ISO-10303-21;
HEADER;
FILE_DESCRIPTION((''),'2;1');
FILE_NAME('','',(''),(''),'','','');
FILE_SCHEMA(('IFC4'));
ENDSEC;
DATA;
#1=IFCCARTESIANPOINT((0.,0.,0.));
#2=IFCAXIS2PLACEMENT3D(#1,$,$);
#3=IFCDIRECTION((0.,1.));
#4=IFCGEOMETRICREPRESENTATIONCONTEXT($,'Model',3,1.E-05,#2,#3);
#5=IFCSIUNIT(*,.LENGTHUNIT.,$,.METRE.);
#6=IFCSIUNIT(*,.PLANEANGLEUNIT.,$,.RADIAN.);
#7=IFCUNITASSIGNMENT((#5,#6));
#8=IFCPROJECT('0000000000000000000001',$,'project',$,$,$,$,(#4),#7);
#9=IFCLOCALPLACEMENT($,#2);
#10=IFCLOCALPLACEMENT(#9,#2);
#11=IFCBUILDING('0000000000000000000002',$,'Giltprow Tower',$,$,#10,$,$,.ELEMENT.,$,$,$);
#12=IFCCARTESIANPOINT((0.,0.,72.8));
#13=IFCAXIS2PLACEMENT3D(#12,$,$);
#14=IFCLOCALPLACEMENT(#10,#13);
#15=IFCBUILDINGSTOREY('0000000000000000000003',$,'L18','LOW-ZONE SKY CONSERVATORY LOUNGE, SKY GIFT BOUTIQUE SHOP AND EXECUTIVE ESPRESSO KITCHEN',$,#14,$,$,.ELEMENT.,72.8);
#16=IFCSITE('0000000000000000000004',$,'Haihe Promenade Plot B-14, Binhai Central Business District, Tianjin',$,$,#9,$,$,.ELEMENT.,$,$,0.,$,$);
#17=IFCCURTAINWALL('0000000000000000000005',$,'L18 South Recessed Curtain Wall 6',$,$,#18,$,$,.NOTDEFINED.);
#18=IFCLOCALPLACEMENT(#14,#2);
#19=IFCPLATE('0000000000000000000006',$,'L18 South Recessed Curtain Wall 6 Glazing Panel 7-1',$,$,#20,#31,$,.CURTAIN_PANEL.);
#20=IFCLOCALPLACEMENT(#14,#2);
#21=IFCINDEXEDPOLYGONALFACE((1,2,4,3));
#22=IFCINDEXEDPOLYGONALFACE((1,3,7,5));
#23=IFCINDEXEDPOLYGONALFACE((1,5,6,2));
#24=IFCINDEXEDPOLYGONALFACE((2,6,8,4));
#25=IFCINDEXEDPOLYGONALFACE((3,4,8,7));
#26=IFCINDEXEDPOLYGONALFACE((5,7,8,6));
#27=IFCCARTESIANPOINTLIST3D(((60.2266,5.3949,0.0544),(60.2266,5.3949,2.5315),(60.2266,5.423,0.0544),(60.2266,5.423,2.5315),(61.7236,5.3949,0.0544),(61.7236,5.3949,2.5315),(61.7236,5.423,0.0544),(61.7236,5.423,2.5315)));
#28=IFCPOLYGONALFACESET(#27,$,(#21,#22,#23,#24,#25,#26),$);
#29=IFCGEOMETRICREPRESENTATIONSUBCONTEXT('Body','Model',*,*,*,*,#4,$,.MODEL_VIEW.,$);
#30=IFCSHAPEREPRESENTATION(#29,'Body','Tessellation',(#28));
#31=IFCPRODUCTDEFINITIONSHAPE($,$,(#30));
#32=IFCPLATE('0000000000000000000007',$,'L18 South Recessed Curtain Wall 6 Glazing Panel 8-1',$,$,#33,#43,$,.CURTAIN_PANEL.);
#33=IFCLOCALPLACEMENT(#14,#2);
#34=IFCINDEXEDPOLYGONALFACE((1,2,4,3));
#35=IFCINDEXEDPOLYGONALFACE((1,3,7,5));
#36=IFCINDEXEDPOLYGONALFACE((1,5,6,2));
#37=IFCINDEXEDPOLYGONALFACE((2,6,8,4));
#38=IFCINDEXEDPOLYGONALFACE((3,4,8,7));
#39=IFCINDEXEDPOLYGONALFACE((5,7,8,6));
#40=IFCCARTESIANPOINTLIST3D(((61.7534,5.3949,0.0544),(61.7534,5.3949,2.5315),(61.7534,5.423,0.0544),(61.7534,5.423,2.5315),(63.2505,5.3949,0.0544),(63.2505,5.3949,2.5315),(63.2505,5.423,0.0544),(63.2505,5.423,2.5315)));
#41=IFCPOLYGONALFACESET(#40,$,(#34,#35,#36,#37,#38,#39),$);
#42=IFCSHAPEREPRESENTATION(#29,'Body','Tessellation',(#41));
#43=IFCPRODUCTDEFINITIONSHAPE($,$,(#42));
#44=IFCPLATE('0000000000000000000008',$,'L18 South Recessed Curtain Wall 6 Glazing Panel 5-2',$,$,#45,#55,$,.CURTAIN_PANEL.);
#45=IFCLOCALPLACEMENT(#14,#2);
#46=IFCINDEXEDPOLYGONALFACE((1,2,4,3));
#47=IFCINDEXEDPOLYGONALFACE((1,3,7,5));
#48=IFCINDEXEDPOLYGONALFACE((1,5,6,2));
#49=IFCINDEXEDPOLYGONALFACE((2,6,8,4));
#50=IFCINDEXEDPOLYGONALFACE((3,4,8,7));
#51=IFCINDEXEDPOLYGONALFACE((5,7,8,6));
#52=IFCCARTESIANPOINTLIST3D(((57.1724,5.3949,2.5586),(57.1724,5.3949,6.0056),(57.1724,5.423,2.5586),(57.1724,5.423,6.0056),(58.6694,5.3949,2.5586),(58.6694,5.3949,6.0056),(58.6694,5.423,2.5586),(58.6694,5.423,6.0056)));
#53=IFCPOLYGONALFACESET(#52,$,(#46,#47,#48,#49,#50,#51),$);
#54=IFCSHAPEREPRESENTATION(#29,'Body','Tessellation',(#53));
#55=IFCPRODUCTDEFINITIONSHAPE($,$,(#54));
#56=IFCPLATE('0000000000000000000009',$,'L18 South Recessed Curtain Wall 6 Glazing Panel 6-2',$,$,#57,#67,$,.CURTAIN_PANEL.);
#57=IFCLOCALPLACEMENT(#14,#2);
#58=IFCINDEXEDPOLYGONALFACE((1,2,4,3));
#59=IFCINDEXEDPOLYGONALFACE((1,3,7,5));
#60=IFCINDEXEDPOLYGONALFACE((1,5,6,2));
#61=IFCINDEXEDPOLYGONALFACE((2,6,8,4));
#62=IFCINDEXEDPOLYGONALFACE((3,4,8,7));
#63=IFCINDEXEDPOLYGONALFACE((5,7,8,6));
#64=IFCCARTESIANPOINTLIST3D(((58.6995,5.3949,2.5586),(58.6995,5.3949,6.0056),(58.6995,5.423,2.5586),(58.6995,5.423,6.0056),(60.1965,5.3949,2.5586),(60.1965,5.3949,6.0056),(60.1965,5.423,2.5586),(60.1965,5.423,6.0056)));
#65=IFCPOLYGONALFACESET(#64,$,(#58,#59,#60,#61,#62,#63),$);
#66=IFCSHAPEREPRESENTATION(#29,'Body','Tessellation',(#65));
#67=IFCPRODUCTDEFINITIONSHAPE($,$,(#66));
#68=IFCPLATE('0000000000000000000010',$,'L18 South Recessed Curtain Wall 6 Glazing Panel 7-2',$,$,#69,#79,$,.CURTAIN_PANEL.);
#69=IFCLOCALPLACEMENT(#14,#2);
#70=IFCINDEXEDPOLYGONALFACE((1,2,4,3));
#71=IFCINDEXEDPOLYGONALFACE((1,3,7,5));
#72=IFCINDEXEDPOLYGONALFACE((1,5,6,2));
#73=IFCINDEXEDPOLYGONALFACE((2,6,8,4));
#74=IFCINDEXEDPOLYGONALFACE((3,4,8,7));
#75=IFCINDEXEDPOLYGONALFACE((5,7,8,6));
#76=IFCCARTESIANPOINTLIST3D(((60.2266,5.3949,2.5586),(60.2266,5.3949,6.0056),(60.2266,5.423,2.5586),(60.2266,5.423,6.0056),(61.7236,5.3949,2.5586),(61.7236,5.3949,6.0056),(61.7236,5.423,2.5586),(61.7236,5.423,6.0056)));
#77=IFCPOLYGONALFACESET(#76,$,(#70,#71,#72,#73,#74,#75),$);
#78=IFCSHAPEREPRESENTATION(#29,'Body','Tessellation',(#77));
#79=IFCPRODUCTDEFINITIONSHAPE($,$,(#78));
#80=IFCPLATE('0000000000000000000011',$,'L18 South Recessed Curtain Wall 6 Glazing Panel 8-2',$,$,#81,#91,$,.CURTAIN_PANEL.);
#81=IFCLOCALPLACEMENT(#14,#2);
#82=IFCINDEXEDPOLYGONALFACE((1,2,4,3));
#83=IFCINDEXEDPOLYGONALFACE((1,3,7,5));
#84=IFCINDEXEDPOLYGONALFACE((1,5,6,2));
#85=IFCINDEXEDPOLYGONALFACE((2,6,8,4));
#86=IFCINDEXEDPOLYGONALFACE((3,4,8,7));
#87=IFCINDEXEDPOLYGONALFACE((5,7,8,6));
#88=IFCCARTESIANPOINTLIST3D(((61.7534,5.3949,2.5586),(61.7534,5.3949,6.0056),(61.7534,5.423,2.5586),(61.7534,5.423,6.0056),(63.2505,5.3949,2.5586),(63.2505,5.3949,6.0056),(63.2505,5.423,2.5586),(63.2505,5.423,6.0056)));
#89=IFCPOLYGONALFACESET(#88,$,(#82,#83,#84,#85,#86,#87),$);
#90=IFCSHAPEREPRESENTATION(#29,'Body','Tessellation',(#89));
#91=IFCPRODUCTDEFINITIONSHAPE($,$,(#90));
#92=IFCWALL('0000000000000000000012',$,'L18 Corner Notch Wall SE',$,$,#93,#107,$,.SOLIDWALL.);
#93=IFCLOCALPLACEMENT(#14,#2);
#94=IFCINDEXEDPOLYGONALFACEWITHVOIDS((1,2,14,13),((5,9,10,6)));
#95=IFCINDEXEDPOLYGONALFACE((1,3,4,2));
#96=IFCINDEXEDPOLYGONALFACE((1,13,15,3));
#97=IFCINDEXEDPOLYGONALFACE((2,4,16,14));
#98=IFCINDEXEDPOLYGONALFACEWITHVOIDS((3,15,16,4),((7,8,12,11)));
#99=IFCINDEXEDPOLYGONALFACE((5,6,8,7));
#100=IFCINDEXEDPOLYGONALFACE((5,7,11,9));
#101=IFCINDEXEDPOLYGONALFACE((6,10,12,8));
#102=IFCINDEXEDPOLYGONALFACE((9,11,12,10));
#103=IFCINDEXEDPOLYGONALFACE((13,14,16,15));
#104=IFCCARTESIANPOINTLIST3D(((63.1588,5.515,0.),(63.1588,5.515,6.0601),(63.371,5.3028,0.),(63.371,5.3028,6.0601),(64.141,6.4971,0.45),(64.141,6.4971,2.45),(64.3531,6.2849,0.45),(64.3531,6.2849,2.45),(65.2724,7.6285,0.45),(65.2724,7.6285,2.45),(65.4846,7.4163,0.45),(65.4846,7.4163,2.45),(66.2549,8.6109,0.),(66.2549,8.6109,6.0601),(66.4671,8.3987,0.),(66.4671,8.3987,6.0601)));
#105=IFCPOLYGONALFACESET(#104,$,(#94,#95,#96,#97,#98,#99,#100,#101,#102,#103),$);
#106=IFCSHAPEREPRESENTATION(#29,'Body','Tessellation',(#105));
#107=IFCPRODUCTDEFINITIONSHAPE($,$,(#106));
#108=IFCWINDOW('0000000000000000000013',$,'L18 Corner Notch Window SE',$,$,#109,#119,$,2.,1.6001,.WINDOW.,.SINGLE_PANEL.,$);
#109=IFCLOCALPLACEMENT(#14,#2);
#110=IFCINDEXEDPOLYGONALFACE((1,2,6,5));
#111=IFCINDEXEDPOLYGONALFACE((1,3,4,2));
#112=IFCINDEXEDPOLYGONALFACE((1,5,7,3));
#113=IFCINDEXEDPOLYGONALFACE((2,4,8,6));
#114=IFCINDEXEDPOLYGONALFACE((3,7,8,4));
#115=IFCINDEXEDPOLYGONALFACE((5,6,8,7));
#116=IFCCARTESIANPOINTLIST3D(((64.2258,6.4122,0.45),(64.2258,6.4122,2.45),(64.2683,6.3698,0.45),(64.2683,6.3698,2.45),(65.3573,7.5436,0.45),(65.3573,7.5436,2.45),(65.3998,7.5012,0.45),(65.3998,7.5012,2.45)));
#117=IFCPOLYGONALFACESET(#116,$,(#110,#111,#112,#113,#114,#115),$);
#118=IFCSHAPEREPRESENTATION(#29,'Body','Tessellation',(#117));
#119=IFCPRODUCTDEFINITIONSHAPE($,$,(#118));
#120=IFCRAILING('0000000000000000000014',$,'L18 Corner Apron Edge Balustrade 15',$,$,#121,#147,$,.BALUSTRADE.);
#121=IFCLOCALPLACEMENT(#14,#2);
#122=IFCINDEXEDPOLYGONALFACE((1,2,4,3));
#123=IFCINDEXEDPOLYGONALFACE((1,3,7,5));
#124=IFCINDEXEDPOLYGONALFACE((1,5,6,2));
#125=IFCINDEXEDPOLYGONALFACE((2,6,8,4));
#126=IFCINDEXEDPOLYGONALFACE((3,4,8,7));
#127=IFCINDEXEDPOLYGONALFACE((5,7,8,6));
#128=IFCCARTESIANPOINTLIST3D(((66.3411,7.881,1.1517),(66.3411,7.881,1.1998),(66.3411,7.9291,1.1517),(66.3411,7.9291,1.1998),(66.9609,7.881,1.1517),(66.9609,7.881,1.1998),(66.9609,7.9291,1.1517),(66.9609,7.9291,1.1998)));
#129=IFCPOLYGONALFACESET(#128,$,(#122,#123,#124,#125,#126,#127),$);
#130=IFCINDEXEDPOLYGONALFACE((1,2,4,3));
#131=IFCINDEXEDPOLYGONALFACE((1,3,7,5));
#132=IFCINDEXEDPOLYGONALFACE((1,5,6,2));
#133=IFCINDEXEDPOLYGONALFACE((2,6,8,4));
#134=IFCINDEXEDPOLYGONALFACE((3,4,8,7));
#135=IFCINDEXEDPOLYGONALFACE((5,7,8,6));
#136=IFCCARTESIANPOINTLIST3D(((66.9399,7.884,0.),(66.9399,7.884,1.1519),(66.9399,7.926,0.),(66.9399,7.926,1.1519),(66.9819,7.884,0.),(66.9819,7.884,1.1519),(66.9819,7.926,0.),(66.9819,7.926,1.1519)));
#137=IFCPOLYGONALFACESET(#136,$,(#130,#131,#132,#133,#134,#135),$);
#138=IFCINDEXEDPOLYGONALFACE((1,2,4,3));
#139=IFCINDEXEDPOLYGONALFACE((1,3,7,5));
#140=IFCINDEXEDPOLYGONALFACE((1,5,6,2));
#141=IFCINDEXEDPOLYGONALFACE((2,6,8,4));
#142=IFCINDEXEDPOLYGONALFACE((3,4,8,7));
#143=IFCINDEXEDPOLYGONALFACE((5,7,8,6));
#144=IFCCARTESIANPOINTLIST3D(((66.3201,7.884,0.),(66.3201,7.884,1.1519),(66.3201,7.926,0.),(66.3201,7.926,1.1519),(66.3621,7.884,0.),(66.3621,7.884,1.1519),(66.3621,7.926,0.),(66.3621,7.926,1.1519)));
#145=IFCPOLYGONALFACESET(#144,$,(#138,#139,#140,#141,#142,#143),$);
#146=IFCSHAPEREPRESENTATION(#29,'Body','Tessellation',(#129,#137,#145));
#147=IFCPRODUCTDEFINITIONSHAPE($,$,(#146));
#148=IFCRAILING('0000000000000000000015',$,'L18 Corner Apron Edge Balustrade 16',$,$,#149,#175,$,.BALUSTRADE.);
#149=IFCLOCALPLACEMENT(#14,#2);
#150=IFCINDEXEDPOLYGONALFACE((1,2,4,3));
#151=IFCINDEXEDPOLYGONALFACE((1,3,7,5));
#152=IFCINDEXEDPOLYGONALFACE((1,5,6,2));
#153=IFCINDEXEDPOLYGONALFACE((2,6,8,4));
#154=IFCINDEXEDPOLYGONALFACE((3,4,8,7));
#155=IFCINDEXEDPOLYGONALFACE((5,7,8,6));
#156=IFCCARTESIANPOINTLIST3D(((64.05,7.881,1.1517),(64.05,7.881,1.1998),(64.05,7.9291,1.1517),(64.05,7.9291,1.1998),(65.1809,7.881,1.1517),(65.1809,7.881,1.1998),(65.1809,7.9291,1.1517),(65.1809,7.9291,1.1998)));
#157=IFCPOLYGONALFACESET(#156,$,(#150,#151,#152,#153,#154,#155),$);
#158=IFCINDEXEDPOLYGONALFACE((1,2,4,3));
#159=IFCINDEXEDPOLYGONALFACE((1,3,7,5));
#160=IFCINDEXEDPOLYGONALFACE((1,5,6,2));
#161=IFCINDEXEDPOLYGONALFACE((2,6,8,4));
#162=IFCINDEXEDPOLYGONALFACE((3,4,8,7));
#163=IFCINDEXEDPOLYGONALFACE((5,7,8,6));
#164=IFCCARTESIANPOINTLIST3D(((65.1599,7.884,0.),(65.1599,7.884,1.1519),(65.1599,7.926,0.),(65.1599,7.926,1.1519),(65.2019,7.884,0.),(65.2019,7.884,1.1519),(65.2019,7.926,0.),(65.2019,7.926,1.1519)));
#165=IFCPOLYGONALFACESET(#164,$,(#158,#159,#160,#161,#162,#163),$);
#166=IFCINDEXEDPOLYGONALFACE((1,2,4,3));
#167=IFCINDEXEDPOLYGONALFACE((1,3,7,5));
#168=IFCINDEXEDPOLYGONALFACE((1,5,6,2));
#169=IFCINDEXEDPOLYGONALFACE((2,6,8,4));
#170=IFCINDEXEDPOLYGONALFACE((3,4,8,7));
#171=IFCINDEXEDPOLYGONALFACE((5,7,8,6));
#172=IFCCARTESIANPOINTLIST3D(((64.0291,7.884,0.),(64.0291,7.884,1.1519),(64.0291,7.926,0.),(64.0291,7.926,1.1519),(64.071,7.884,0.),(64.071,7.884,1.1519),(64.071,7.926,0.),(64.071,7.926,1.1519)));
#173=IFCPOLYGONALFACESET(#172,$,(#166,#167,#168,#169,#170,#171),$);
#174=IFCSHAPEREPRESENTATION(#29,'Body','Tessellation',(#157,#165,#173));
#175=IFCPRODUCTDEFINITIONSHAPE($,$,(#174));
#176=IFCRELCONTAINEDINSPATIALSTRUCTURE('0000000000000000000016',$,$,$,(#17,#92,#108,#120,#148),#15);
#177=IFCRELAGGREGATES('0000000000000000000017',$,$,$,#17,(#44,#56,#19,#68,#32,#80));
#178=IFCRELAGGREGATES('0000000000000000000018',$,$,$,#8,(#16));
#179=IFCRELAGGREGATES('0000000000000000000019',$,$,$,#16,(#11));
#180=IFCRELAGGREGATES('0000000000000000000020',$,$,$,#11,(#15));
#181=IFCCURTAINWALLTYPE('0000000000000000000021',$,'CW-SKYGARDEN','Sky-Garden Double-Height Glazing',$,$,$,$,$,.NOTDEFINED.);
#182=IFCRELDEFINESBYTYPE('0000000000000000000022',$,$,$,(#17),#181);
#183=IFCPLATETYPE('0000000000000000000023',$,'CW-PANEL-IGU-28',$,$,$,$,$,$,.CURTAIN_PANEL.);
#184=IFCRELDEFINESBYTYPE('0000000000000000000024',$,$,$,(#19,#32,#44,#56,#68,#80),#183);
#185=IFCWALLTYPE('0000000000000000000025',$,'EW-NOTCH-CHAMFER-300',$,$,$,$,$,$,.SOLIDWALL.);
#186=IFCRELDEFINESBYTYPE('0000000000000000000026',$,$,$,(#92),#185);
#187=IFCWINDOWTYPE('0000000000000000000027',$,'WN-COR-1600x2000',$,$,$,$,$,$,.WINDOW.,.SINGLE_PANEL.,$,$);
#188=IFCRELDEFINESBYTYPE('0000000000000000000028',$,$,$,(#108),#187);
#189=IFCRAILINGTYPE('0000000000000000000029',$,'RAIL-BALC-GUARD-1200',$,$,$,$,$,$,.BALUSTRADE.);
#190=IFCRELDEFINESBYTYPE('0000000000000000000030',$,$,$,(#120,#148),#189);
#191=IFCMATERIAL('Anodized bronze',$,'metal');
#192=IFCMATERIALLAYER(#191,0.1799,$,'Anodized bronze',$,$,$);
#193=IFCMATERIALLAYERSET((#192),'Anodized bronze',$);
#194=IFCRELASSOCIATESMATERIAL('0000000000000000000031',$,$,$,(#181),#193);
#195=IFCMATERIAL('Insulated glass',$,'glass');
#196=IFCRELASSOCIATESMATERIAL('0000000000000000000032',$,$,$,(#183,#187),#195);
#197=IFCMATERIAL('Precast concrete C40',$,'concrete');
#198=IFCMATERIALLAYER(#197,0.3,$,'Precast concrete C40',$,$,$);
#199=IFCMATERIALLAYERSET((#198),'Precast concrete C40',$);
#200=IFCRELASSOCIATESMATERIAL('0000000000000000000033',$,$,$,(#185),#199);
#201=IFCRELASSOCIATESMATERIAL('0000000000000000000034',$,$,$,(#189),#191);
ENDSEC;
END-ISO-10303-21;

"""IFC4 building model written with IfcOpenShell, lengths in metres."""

from ifc_helpers import new_model, si_unit, direction, frame, frame_2d, origin, origin_2d, place, context, subcontext, project, spatial, rectangle, extrude, source, transform, mapped, material, layer, layer_set, type_object, element, fill, aggregate, save


model = new_model("IFC4")

# Units and contexts
model_context = context("Model", 3, precision=1e-05, world=origin(), true_north=direction((0.0, 1.0)))
body_context = subcontext(model_context, "Body", "Model", "MODEL_VIEW")
ifc_project = project(units=[si_unit("LENGTHUNIT", "METRE"), si_unit("PLANEANGLEUNIT", "RADIAN")], contexts=[model_context])

# Site, building, storey
site_placement = place(None, origin())
site = spatial("IfcSite", under=ifc_project, at=site_placement, Name="Haihe Promenade Plot B-14, Binhai Central Business District, Tianjin", CompositionType="ELEMENT", RefElevation=0.0)
building_placement = place(site_placement, origin())
building = spatial("IfcBuilding", under=site, at=building_placement, Name="Giltprow Tower", CompositionType="ELEMENT")
storey_placement = place(building_placement, frame((0.0, 0.0, 72.8)))
storey = spatial("IfcBuildingStorey", under=building, at=storey_placement, Name="L18", Description="LOW-ZONE SKY CONSERVATORY LOUNGE, SKY GIFT BOUTIQUE SHOP AND EXECUTIVE ESPRESSO KITCHEN", CompositionType="ELEMENT", Elevation=72.8)

# Curtain wall
ifc_material_1 = material(Name="Anodized bronze", Category="metal")
ifc_layer_1 = layer(ifc_material_1, 0.1799, Name="Anodized bronze")
ifc_layer_set_1 = layer_set([ifc_layer_1], Name="Anodized bronze")
curtain_wall_type = type_object("IfcCurtainWallType", Name="CW-SKYGARDEN", Description="Sky-Garden Double-Height Glazing", PredefinedType="NOTDEFINED", material=ifc_layer_set_1)
curtain_wall_1_placement = place(storey_placement, origin())
curtain_wall_1 = element("IfcCurtainWall", 1, at=curtain_wall_1_placement, inside=storey, type_object=curtain_wall_type, Name="L18 South Recessed Curtain Wall 6", PredefinedType="NOTDEFINED")

# Plates
ifc_material_2 = material(Name="Insulated glass", Category="glass")
plate_type = type_object("IfcPlateType", Name="CW-PANEL-IGU-28", PredefinedType="CURTAIN_PANEL", material=ifc_material_2)
shared_shape_1 = source(origin(), body_context, "Body", "SweptSolid", [
    extrude(rectangle(XDim=1.4971, YDim=0.0281, at=origin_2d()), origin(), (0.0, 0.0, 1.0), 2.4771),
])
plate_1_placement = place(storey_placement, frame((60.9751, 5.4089, 0.0544), z_axis=(0.0, 0.0, 1.0), x_axis=(1.0, 0.0, 0.0)))
plate_1 = element("IfcPlate", 2, at=plate_1_placement, type_object=plate_type, Name="L18 South Recessed Curtain Wall 6 Glazing Panel 7-1", PredefinedType="CURTAIN_PANEL", context=body_context, shape_type="MappedRepresentation", body=[
    mapped(shared_shape_1, transform((0.0, 0.0, 0.0), x_axis=(1.0, 0.0, 0.0), y_axis=(0.0, 1.0, 0.0), z_axis=(0.0, 0.0, 1.0), scale=1.0)),
])
plate_2_placement = place(storey_placement, frame((62.502, 5.4089, 0.0544), z_axis=(0.0, 0.0, 1.0), x_axis=(1.0, 0.0, 0.0)))
plate_2 = element("IfcPlate", 3, at=plate_2_placement, type_object=plate_type, Name="L18 South Recessed Curtain Wall 6 Glazing Panel 8-1", PredefinedType="CURTAIN_PANEL", context=body_context, shape_type="MappedRepresentation", body=[
    mapped(shared_shape_1, transform((0.0, 0.0, 0.0), x_axis=(1.0, 0.0, 0.0), y_axis=(0.0, 1.0, 0.0), z_axis=(0.0, 0.0, 1.0), scale=1.0)),
])
shared_shape_2 = source(origin(), body_context, "Body", "SweptSolid", [
    extrude(rectangle(XDim=1.4971, YDim=0.0281, at=origin_2d()), origin(), (0.0, 0.0, 1.0), 3.447),
])
plate_3_placement = place(storey_placement, frame((57.9209, 5.4089, 2.5586), z_axis=(0.0, 0.0, 1.0), x_axis=(1.0, 0.0, 0.0)))
plate_3 = element("IfcPlate", 4, at=plate_3_placement, type_object=plate_type, Name="L18 South Recessed Curtain Wall 6 Glazing Panel 5-2", PredefinedType="CURTAIN_PANEL", context=body_context, shape_type="MappedRepresentation", body=[
    mapped(shared_shape_2, transform((0.0, 0.0, 0.0), x_axis=(1.0, 0.0, 0.0), y_axis=(0.0, 1.0, 0.0), z_axis=(0.0, 0.0, 1.0), scale=1.0)),
])
plate_4_placement = place(storey_placement, frame((59.448, 5.4089, 2.5586), z_axis=(0.0, 0.0, 1.0), x_axis=(1.0, 0.0, 0.0)))
plate_4 = element("IfcPlate", 5, at=plate_4_placement, type_object=plate_type, Name="L18 South Recessed Curtain Wall 6 Glazing Panel 6-2", PredefinedType="CURTAIN_PANEL", context=body_context, shape_type="MappedRepresentation", body=[
    mapped(shared_shape_2, transform((0.0, 0.0, 0.0), x_axis=(1.0, 0.0, 0.0), y_axis=(0.0, 1.0, 0.0), z_axis=(0.0, 0.0, 1.0), scale=1.0)),
])
plate_5_placement = place(storey_placement, frame((60.9751, 5.4089, 2.5586), z_axis=(0.0, 0.0, 1.0), x_axis=(1.0, 0.0, 0.0)))
plate_5 = element("IfcPlate", 6, at=plate_5_placement, type_object=plate_type, Name="L18 South Recessed Curtain Wall 6 Glazing Panel 7-2", PredefinedType="CURTAIN_PANEL", context=body_context, shape_type="MappedRepresentation", body=[
    mapped(shared_shape_2, transform((0.0, 0.0, 0.0), x_axis=(1.0, 0.0, 0.0), y_axis=(0.0, 1.0, 0.0), z_axis=(0.0, 0.0, 1.0), scale=1.0)),
])
plate_6_placement = place(storey_placement, frame((62.502, 5.4089, 2.5586), z_axis=(0.0, 0.0, 1.0), x_axis=(1.0, 0.0, 0.0)))
plate_6 = element("IfcPlate", 7, at=plate_6_placement, type_object=plate_type, Name="L18 South Recessed Curtain Wall 6 Glazing Panel 8-2", PredefinedType="CURTAIN_PANEL", context=body_context, shape_type="MappedRepresentation", body=[
    mapped(shared_shape_2, transform((0.0, 0.0, 0.0), x_axis=(1.0, 0.0, 0.0), y_axis=(0.0, 1.0, 0.0), z_axis=(0.0, 0.0, 1.0), scale=1.0)),
])
aggregate(curtain_wall_1, [plate_3, plate_4, plate_1, plate_5, plate_2, plate_6])

# Wall, opening, window
ifc_material_3 = material(Name="Precast concrete C40", Category="concrete")
ifc_layer_2 = layer(ifc_material_3, 0.3, Name="Precast concrete C40")
ifc_layer_set_2 = layer_set([ifc_layer_2], Name="Precast concrete C40")
wall_type = type_object("IfcWallType", Name="EW-NOTCH-CHAMFER-300", PredefinedType="SOLIDWALL", material=ifc_layer_set_2)
wall_placement = place(storey_placement, frame((63.2649, 5.4089, 0.0), z_axis=(0.0, 0.0, 1.0), x_axis=(0.707135, 0.707079, 0.0)))
wall = element("IfcWall", 8, at=wall_placement, inside=storey, type_object=wall_type, Name="L18 Corner Notch Wall SE", PredefinedType="SOLIDWALL", context=body_context, shape_type="SweptSolid", body=[
    extrude(rectangle(XDim=4.3784, YDim=0.3, at=frame_2d((2.1892, 0.0))), origin(), (0.0, 0.0, 1.0), 6.0601),
])
opening_placement = place(wall_placement, frame((1.3889, 0.0, 0.45)))
opening = element("IfcOpeningElement", 9, at=opening_placement, cuts=wall, PredefinedType="OPENING", context=body_context, shape_type="SweptSolid", body=[
    extrude(rectangle(XDim=1.6001, YDim=2.0, at=frame_2d((0.8, 1.0))), frame((0.0, 0.1599, 0.0), z_axis=(0.0, -1.0, 0.0), x_axis=(1.0, 0.0, 0.0)), (0.0, 0.0, 1.0), 0.3201),
])
window_type = type_object("IfcWindowType", Name="WN-COR-1600x2000", PartitioningType="SINGLE_PANEL", PredefinedType="WINDOW", material=ifc_material_2)
shared_shape_3 = source(origin(), body_context, "Body", "SweptSolid", [
    extrude(rectangle(XDim=1.6001, YDim=2.0, at=frame_2d((0.8, 1.0))), frame((0.0, 0.03, 0.0), z_axis=(0.0, -1.0, 0.0), x_axis=(1.0, 0.0, 0.0)), (0.0, 0.0, 1.0), 0.0601),
])
window_placement = place(opening_placement, origin())
window = element("IfcWindow", 10, at=window_placement, inside=storey, type_object=window_type, Name="L18 Corner Notch Window SE", OverallHeight=2.0, OverallWidth=1.6001, PartitioningType="SINGLE_PANEL", PredefinedType="WINDOW", context=body_context, shape_type="MappedRepresentation", body=[
    mapped(shared_shape_3, transform((0.0, 0.0, 0.0), x_axis=(1.0, 0.0, 0.0), y_axis=(0.0, 1.0, 0.0), z_axis=(0.0, 0.0, 1.0), scale=1.0)),
])
fill(opening, window)

# Railings
railing_type_1 = type_object("IfcRailingType", Name="RAIL-BALC-GUARD-1200", PredefinedType="BALUSTRADE", material=ifc_material_1)
railing_1_placement = place(storey_placement, frame((66.9609, 7.905, 0.0)))
element("IfcRailing", 11, at=railing_1_placement, inside=storey, type_object=railing_type_1, Name="L18 Corner Apron Edge Balustrade 15", PredefinedType="BALUSTRADE", context=body_context, shape_type="SweptSolid", body=[
    extrude(rectangle(XDim=0.0481, YDim=0.0481, at=origin_2d()), frame((0.0, 0.0, 1.1758), z_axis=(-1.0, 0.0, 0.0), x_axis=(0.0, -1.0, 0.0)), (0.0, 0.0, 1.0), 0.6199),
    extrude(rectangle(XDim=0.042, YDim=0.042, at=origin_2d()), origin(), (0.0, 0.0, 1.0), 1.1519),
    extrude(rectangle(XDim=0.042, YDim=0.042, at=origin_2d()), frame((-0.6199, 0.0, 0.0)), (0.0, 0.0, 1.0), 1.1519),
])
railing_2_placement = place(storey_placement, frame((65.1809, 7.905, 0.0)))
element("IfcRailing", 12, at=railing_2_placement, inside=storey, type_object=railing_type_1, Name="L18 Corner Apron Edge Balustrade 16", PredefinedType="BALUSTRADE", context=body_context, shape_type="SweptSolid", body=[
    extrude(rectangle(XDim=0.0481, YDim=0.0481, at=origin_2d()), frame((0.0, 0.0, 1.1758), z_axis=(-1.0, 0.0, 0.0), x_axis=(0.0, -1.0, 0.0)), (0.0, 0.0, 1.0), 1.1309),
    extrude(rectangle(XDim=0.042, YDim=0.042, at=origin_2d()), origin(), (0.0, 0.0, 1.0), 1.1519),
    extrude(rectangle(XDim=0.042, YDim=0.042, at=origin_2d()), frame((-1.1309, 0.0, 0.0)), (0.0, 0.0, 1.0), 1.1519),
])

save(model, "model.ifc")
